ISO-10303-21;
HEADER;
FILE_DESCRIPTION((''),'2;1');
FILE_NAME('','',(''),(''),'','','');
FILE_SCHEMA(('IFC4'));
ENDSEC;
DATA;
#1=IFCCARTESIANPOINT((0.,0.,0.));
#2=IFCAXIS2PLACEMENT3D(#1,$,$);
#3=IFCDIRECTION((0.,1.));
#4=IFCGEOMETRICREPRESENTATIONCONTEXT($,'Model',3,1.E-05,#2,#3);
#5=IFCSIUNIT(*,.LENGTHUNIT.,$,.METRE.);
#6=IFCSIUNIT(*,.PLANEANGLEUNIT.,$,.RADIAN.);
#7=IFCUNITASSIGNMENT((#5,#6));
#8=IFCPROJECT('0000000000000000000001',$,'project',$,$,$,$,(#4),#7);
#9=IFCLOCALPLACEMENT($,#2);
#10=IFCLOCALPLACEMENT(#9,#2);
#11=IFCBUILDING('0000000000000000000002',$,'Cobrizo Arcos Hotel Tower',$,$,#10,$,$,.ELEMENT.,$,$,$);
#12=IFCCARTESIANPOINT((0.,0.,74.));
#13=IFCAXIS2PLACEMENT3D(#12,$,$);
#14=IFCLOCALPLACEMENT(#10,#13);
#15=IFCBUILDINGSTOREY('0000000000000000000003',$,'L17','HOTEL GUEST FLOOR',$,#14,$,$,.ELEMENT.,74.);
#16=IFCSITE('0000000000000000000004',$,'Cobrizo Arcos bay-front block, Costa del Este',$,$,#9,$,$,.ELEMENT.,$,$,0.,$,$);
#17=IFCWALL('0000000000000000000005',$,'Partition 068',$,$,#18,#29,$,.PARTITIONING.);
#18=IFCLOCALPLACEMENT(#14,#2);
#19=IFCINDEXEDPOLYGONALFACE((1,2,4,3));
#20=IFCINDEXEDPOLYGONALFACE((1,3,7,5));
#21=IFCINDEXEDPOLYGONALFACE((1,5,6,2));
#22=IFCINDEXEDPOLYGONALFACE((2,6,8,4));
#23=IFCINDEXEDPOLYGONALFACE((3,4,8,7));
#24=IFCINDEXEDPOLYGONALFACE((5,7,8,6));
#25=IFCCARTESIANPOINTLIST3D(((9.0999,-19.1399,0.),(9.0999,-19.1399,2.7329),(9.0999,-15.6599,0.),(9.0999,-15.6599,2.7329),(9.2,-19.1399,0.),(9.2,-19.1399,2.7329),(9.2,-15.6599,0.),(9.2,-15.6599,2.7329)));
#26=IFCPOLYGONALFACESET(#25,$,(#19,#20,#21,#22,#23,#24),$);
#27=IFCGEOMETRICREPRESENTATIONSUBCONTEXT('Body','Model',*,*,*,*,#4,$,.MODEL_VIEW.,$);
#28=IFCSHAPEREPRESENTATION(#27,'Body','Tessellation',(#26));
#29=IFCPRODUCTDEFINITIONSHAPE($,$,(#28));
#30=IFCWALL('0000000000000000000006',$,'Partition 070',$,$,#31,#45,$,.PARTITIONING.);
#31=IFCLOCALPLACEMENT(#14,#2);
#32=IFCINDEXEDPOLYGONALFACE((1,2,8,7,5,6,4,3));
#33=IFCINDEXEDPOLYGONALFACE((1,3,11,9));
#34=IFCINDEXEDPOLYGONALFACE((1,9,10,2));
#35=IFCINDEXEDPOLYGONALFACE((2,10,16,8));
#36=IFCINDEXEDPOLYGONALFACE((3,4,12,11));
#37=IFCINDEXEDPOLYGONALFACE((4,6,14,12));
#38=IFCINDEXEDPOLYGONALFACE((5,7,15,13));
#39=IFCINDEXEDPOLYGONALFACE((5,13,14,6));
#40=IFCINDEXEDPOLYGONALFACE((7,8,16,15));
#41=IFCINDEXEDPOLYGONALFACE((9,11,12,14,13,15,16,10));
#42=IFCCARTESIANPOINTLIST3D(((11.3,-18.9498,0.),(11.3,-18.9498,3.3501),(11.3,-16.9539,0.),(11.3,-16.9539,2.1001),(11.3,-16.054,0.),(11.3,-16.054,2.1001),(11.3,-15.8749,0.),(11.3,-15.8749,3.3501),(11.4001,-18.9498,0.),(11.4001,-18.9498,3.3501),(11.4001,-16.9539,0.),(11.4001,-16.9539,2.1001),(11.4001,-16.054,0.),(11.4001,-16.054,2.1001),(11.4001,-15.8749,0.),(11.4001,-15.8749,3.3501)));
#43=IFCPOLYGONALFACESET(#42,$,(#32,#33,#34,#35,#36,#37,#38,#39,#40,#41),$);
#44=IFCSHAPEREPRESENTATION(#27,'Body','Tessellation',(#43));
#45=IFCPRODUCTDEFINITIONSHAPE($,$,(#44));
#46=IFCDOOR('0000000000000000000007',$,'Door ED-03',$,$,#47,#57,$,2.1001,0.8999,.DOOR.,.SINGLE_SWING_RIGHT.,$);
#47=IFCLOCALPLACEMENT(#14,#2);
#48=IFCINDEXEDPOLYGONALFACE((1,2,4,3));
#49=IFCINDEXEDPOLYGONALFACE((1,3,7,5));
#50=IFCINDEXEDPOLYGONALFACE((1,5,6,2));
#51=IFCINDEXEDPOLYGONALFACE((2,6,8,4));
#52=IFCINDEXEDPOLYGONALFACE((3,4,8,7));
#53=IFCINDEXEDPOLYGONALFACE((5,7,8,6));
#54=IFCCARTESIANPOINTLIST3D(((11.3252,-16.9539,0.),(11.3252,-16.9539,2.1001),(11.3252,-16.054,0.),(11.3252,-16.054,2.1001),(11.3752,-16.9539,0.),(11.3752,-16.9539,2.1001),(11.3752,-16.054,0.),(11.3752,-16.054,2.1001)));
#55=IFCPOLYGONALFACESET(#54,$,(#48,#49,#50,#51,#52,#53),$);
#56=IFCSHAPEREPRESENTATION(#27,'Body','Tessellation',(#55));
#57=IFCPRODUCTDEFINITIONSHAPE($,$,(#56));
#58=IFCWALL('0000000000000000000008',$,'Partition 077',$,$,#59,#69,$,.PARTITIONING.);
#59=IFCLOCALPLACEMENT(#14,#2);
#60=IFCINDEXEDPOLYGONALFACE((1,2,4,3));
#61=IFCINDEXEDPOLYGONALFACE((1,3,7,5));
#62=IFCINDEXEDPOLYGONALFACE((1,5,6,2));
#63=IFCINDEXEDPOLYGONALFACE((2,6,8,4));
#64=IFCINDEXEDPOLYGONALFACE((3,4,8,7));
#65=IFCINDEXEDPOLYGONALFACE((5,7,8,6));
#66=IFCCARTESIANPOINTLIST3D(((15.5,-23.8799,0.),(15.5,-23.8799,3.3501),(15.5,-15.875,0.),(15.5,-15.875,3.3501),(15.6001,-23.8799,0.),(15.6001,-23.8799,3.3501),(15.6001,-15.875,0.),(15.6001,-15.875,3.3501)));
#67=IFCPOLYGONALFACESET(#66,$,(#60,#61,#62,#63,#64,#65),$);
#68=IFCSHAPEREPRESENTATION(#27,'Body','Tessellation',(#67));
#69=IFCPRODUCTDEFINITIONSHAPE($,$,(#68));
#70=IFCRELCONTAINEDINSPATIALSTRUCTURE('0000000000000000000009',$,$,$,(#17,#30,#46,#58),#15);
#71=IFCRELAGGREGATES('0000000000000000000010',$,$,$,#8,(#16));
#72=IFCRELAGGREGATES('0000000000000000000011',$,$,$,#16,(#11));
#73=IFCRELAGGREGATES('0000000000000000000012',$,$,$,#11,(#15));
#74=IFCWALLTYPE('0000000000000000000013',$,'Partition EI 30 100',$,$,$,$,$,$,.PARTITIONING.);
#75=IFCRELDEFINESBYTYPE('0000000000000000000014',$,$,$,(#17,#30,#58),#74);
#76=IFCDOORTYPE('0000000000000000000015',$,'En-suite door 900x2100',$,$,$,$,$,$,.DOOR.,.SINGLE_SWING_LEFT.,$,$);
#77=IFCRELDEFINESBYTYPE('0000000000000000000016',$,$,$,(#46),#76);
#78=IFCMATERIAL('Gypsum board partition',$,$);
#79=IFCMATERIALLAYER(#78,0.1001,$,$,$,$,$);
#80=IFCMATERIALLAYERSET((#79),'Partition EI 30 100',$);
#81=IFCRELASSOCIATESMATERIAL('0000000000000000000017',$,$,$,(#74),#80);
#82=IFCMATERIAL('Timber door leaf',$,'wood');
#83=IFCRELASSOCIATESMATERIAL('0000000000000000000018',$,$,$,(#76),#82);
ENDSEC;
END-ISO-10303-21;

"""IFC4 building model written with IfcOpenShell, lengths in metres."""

from ifc_helpers import new_model, si_unit, direction, frame, frame_2d, origin, place, context, subcontext, project, spatial, rectangle, extrude, material, layer, layer_set, type_object, element, fill, save


model = new_model("IFC4")

# Units and contexts
model_context = context("Model", 3, precision=1e-05, world=origin(), true_north=direction((0.0, 1.0)))
body_context = subcontext(model_context, "Body", "Model", "MODEL_VIEW")
ifc_project = project(units=[si_unit("LENGTHUNIT", "METRE"), si_unit("PLANEANGLEUNIT", "RADIAN")], contexts=[model_context])

# Site, building, storey
site_placement = place(None, origin())
site = spatial("IfcSite", under=ifc_project, at=site_placement, Name="Cobrizo Arcos bay-front block, Costa del Este", CompositionType="ELEMENT", RefElevation=0.0)
building_placement = place(site_placement, origin())
building = spatial("IfcBuilding", under=site, at=building_placement, Name="Cobrizo Arcos Hotel Tower", CompositionType="ELEMENT")
storey_placement = place(building_placement, frame((0.0, 0.0, 74.0)))
storey = spatial("IfcBuildingStorey", under=building, at=storey_placement, Name="L17", Description="HOTEL GUEST FLOOR", CompositionType="ELEMENT", Elevation=74.0)

# Wall
ifc_material_1 = material(Name="Gypsum board partition")
ifc_layer_1 = layer(ifc_material_1, 0.1001)
ifc_layer_set_1 = layer_set([ifc_layer_1], Name="Partition EI 30 100")
wall_type = type_object("IfcWallType", Name="Partition EI 30 100", PredefinedType="PARTITIONING", material=ifc_layer_set_1)
wall_1_placement = place(storey_placement, frame((9.1499, -19.1399, 0.0), z_axis=(0.0, 0.0, 1.0), x_axis=(0.0, 1.0, 0.0)))
element("IfcWall", 1, at=wall_1_placement, inside=storey, type_object=wall_type, Name="Partition 068", PredefinedType="PARTITIONING", context=body_context, shape_type="SweptSolid", body=[
    extrude(rectangle(XDim=3.48, YDim=0.1001, at=frame_2d((1.74, 0.0))), origin(), (0.0, 0.0, 1.0), 2.7329),
])

# Wall, opening, door
wall_2_placement = place(storey_placement, frame((11.3501, -18.95, 0.0), z_axis=(0.0, 0.0, 1.0), x_axis=(0.0, 1.0, 0.0)))
wall_2 = element("IfcWall", 2, at=wall_2_placement, inside=storey, type_object=wall_type, Name="Partition 070", PredefinedType="PARTITIONING", context=body_context, shape_type="SweptSolid", body=[
    extrude(rectangle(XDim=3.075, YDim=0.1001, at=frame_2d((1.5376, 0.0))), origin(), (0.0, 0.0, 1.0), 3.3501),
])
opening_placement = place(wall_2_placement, frame((1.9961, 0.0, 0.0)))
opening = element("IfcOpeningElement", 3, at=opening_placement, cuts=wall_2, PredefinedType="OPENING", context=body_context, shape_type="SweptSolid", body=[
    extrude(rectangle(XDim=0.8999, YDim=2.1001, at=frame_2d((0.45, 1.05))), frame((0.0, 0.062, 0.0), z_axis=(0.0, -1.0, 0.0), x_axis=(1.0, 0.0, 0.0)), (0.0, 0.0, 1.0), 0.124),
])
ifc_material_2 = material(Name="Timber door leaf", Category="wood")
door_type = type_object("IfcDoorType", Name="En-suite door 900x2100", OperationType="SINGLE_SWING_LEFT", PredefinedType="DOOR", material=ifc_material_2)
door_placement = place(opening_placement, origin())
door = element("IfcDoor", 4, at=door_placement, inside=storey, type_object=door_type, Name="Door ED-03", OperationType="SINGLE_SWING_RIGHT", OverallHeight=2.1001, OverallWidth=0.8999, PredefinedType="DOOR", context=body_context, shape_type="SweptSolid", body=[
    extrude(rectangle(XDim=0.8999, YDim=2.1001, at=frame_2d((0.45, 1.05))), frame((0.0, 0.0249, 0.0), z_axis=(0.0, -1.0, 0.0), x_axis=(1.0, 0.0, 0.0)), (0.0, 0.0, 1.0), 0.05),
])
fill(opening, door)

# Wall
wall_3_placement = place(storey_placement, frame((15.55, -23.8799, 0.0), z_axis=(0.0, 0.0, 1.0), x_axis=(0.0, 1.0, 0.0)))
element("IfcWall", 5, at=wall_3_placement, inside=storey, type_object=wall_type, Name="Partition 077", PredefinedType="PARTITIONING", context=body_context, shape_type="SweptSolid", body=[
    extrude(rectangle(XDim=8.0049, YDim=0.1001, at=frame_2d((4.0024, 0.0))), origin(), (0.0, 0.0, 1.0), 3.3501),
])

save(model, "model.ifc")
